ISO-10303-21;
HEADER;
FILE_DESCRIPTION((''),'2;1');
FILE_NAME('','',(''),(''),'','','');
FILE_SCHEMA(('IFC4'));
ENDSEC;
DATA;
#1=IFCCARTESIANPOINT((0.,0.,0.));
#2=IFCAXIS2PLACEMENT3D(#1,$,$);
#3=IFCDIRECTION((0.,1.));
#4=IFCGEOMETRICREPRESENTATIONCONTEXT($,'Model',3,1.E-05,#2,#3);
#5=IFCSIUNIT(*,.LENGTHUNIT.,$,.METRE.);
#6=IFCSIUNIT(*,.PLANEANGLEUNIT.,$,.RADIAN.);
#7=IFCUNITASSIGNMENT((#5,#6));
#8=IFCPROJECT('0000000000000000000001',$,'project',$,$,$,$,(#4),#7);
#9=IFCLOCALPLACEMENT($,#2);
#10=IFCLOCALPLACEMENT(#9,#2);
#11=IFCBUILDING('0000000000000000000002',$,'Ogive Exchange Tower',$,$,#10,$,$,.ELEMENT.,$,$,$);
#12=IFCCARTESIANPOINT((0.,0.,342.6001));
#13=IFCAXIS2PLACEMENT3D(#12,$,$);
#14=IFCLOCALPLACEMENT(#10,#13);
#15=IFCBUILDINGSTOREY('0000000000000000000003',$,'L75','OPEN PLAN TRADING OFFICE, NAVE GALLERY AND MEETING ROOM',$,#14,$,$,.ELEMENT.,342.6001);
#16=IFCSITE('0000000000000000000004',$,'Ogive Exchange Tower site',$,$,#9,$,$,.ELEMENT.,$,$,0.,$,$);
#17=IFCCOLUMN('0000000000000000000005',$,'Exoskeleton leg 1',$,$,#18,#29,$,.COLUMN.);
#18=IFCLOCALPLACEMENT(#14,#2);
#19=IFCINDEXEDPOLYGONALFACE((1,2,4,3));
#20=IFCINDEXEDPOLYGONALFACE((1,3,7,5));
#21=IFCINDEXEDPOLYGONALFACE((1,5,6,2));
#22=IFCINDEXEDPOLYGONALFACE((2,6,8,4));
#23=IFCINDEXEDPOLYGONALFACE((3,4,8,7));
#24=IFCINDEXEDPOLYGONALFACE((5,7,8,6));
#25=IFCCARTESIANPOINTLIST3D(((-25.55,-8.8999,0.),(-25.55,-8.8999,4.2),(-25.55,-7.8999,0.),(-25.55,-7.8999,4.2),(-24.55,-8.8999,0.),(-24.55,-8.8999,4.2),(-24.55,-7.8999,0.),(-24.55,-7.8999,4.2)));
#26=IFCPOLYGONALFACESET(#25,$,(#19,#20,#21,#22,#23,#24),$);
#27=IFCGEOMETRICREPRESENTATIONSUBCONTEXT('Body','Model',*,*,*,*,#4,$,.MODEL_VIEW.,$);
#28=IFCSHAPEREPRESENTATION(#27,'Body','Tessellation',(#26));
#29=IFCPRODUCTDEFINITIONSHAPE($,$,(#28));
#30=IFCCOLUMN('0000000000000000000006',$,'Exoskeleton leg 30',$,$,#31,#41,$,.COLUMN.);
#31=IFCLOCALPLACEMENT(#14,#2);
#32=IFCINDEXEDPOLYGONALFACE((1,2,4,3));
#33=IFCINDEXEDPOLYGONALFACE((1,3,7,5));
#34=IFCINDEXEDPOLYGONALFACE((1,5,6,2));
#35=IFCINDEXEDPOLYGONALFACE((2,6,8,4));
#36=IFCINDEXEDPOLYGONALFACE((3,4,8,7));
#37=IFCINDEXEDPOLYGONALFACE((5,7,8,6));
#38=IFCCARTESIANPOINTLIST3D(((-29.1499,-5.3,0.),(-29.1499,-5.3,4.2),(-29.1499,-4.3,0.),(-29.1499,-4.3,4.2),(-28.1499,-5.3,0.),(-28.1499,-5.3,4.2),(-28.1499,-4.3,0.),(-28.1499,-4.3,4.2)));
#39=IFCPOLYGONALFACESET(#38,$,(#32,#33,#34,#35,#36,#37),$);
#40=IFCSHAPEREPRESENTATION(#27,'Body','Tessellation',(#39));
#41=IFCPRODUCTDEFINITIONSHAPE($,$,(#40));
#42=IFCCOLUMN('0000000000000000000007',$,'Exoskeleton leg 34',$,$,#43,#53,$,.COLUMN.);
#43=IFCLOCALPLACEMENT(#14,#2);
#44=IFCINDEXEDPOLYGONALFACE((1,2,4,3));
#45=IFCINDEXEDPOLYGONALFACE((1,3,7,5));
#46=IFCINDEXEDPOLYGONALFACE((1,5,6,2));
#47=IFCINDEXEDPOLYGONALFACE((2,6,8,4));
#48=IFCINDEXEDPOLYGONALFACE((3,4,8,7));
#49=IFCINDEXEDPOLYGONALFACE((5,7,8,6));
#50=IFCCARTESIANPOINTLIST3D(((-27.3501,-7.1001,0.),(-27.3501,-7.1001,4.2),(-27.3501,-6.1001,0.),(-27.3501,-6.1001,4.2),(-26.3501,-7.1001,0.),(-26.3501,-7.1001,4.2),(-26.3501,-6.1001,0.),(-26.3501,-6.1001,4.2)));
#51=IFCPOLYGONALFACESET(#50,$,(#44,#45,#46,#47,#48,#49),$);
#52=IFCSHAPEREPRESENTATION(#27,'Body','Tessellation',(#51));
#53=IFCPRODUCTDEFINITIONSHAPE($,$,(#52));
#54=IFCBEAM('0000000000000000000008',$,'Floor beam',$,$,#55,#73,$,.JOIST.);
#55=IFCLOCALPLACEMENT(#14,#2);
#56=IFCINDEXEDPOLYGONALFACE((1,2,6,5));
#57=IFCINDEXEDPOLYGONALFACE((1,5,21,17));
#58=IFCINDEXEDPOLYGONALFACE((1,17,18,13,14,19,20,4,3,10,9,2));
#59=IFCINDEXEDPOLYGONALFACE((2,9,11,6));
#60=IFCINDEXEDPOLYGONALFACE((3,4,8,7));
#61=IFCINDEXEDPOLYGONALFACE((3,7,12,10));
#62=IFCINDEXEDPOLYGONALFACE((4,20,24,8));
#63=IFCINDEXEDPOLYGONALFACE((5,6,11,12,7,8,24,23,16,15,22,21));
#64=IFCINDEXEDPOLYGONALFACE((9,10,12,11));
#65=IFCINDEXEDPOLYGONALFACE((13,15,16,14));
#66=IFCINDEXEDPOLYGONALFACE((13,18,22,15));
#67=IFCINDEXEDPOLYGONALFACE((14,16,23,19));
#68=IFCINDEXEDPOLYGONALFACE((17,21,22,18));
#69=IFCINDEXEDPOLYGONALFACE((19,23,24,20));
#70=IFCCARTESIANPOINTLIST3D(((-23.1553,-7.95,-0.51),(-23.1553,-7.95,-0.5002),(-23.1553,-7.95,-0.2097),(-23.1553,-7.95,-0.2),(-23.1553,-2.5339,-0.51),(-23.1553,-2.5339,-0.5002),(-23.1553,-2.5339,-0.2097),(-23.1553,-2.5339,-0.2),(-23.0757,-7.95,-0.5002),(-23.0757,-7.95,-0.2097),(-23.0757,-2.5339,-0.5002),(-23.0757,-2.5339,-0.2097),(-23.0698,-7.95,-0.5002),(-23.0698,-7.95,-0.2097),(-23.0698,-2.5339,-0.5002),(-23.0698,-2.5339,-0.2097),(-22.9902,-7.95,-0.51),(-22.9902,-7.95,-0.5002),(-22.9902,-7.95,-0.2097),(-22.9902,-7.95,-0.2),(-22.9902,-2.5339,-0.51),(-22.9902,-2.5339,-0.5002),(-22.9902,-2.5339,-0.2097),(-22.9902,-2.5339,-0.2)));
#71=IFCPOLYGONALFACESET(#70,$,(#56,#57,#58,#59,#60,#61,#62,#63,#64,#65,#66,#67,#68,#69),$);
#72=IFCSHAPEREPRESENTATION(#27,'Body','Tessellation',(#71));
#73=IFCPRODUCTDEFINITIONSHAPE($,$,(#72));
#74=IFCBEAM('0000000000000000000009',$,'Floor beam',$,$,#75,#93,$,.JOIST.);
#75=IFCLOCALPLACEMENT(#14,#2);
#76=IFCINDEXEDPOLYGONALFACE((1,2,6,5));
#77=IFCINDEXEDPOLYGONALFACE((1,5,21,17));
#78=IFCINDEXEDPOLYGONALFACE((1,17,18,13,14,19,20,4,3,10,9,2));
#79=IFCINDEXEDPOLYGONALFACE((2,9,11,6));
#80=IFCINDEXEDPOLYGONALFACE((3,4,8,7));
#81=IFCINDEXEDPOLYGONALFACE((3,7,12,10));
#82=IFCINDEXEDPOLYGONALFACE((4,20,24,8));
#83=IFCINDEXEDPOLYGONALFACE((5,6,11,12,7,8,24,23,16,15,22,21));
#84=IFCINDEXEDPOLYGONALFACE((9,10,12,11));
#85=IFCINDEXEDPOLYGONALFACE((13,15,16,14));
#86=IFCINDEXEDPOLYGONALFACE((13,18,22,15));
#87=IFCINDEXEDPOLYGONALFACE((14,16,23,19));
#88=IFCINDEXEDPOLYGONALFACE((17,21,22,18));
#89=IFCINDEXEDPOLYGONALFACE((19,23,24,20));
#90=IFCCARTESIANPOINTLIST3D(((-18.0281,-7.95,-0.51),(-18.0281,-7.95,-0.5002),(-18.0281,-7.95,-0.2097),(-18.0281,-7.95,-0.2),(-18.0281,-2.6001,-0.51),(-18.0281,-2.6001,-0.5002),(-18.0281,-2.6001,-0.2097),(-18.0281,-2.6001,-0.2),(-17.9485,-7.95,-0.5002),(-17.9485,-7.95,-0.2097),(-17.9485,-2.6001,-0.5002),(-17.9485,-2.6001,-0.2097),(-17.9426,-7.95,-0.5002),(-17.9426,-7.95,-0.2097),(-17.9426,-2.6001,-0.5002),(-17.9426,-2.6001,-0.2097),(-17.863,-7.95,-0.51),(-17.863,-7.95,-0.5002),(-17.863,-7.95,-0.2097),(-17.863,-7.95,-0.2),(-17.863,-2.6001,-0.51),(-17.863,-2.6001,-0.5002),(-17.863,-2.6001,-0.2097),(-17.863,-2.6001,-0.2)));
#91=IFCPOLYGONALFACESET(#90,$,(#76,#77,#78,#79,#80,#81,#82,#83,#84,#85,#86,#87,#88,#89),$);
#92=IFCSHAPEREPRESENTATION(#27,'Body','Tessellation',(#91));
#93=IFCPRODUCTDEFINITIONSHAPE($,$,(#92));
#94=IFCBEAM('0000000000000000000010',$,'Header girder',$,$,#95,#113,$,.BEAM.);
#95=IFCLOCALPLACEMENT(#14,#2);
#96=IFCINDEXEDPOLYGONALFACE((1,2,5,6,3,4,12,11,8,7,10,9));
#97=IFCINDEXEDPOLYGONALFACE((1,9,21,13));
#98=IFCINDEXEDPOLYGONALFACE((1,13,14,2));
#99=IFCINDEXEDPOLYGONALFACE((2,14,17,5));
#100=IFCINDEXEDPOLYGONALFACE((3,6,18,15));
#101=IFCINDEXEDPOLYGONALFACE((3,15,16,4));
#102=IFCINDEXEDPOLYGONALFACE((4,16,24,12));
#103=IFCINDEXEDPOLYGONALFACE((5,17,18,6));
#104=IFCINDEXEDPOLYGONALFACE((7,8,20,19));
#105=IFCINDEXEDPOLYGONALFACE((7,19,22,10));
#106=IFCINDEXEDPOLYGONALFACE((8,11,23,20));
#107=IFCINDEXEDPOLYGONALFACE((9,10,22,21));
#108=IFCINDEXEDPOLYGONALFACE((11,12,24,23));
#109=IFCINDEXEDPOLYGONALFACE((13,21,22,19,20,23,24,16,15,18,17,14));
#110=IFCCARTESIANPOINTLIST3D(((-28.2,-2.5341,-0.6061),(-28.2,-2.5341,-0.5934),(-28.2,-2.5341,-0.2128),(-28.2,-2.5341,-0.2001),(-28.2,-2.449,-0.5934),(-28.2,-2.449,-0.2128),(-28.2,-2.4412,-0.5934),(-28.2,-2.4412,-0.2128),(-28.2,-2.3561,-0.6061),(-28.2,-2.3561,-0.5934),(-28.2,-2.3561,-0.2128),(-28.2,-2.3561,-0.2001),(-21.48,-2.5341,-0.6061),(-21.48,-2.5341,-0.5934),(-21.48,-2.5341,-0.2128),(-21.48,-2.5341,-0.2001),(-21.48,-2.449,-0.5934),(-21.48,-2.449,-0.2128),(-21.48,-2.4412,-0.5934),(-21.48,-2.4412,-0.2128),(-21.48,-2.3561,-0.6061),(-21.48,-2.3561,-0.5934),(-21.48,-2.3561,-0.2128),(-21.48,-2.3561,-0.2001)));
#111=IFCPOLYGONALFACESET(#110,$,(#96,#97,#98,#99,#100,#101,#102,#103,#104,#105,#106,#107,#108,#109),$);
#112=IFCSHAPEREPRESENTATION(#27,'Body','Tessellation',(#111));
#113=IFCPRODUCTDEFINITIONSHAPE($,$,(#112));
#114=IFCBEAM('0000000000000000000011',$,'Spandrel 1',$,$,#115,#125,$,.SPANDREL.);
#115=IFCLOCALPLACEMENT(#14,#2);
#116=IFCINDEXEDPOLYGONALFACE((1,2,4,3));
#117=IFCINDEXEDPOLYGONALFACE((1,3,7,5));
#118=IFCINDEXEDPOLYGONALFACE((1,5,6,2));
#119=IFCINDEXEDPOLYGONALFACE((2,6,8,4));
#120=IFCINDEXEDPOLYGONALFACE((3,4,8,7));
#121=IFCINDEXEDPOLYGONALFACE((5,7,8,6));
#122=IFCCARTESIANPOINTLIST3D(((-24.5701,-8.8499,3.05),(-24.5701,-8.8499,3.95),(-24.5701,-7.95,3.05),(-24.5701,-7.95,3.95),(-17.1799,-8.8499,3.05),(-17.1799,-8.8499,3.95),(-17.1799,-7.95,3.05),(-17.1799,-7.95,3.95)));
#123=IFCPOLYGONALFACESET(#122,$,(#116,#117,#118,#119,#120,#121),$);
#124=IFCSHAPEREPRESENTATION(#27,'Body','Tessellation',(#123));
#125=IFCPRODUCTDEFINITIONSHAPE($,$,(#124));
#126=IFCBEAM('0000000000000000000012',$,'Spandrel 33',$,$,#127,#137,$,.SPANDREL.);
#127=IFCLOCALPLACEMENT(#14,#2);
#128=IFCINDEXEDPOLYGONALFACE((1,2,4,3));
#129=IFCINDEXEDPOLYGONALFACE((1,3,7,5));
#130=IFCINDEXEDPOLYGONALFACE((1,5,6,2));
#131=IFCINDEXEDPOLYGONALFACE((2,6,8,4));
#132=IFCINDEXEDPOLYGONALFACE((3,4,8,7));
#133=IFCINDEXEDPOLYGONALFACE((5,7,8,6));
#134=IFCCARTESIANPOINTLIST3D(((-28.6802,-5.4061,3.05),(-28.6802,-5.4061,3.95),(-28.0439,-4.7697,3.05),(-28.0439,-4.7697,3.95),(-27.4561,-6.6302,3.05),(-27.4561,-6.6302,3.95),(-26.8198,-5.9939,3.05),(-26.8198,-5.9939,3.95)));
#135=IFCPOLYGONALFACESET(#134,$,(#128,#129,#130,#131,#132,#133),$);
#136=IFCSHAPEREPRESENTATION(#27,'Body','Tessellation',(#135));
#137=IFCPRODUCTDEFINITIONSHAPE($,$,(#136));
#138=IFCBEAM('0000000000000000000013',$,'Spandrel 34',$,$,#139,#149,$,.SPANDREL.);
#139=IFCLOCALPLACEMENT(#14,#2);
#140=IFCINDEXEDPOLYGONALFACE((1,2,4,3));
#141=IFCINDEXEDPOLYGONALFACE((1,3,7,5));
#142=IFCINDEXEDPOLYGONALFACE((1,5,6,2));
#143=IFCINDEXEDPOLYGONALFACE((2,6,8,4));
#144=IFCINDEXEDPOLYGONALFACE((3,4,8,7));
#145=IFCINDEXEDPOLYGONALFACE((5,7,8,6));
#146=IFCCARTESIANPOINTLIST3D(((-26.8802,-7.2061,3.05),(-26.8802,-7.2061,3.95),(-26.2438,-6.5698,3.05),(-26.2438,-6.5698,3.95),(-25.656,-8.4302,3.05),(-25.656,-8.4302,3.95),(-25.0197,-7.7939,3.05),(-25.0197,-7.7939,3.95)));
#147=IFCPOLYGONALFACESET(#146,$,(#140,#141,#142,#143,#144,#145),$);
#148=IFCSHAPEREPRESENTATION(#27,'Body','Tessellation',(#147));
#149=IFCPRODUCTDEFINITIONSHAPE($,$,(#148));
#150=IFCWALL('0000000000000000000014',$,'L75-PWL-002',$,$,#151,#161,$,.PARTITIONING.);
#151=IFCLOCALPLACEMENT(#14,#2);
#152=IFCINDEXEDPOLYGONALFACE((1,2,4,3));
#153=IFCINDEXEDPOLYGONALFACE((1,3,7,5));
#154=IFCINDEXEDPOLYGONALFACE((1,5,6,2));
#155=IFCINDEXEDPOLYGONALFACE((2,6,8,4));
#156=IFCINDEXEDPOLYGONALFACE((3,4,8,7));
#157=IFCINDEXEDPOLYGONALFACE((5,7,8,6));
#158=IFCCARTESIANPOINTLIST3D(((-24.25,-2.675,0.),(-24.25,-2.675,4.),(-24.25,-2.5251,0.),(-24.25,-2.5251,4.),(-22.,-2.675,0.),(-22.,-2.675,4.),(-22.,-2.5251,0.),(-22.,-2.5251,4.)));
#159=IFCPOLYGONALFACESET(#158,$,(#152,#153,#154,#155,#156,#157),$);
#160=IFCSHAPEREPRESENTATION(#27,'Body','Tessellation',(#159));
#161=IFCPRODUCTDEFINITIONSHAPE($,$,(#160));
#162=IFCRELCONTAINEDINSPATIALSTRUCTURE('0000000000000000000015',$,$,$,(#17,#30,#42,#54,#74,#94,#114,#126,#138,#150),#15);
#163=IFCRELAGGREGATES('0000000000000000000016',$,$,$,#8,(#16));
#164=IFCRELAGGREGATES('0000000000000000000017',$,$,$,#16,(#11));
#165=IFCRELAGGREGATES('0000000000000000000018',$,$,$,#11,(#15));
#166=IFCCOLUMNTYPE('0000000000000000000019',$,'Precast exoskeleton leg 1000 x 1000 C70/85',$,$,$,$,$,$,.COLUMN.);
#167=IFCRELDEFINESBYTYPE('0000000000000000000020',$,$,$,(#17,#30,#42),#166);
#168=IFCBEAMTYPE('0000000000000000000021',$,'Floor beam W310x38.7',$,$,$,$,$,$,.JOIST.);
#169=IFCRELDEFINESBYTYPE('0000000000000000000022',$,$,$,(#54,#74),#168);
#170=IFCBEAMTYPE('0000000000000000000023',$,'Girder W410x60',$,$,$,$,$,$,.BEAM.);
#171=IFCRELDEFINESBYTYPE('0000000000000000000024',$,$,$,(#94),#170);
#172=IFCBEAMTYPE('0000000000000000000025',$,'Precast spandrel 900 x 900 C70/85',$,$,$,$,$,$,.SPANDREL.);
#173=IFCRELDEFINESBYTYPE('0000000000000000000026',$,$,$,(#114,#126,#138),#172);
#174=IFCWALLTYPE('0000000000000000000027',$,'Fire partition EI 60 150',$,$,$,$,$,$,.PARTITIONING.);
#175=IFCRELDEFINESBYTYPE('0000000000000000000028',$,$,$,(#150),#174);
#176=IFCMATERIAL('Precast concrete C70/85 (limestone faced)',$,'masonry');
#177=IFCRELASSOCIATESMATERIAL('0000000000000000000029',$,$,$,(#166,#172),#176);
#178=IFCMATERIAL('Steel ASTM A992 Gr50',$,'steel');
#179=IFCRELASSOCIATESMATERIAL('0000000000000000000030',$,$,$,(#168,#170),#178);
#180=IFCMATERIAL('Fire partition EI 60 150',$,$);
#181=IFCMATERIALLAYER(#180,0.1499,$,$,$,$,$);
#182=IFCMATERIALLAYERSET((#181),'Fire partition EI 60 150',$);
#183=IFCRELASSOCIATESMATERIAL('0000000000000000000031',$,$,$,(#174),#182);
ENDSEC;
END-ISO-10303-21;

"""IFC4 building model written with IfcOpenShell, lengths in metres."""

from ifc_helpers import new_model, si_unit, direction, frame, frame_2d, origin, origin_2d, place, context, subcontext, project, spatial, rectangle, i_section, extrude, material, layer, layer_set, material_profile, profile_set, type_object, element, save


model = new_model("IFC4")

# Units and contexts
model_context = context("Model", 3, precision=1e-05, world=origin(), true_north=direction((0.0, 1.0)))
body_context = subcontext(model_context, "Body", "Model", "MODEL_VIEW")
ifc_project = project(units=[si_unit("LENGTHUNIT", "METRE"), si_unit("PLANEANGLEUNIT", "RADIAN")], contexts=[model_context])

# Site, building, storey
site_placement = place(None, origin())
site = spatial("IfcSite", under=ifc_project, at=site_placement, Name="Ogive Exchange Tower site", CompositionType="ELEMENT", RefElevation=0.0)
building_placement = place(site_placement, origin())
building = spatial("IfcBuilding", under=site, at=building_placement, Name="Ogive Exchange Tower", CompositionType="ELEMENT")
storey_placement = place(building_placement, frame((0.0, 0.0, 342.6001)))
storey = spatial("IfcBuildingStorey", under=building, at=storey_placement, Name="L75", Description="OPEN PLAN TRADING OFFICE, NAVE GALLERY AND MEETING ROOM", CompositionType="ELEMENT", Elevation=342.6001)

# Columns
ifc_material_1 = material(Name="Precast concrete C70/85 (limestone faced)", Category="masonry")
ifc_material_profile_1 = material_profile(ifc_material_1, rectangle(XDim=1.0, YDim=1.0, at=origin_2d()), Name="1000 x 1000")
ifc_profile_set_1 = profile_set([ifc_material_profile_1], Name="Precast concrete C70/85 (limestone faced)")
column_type = type_object("IfcColumnType", Name="Precast exoskeleton leg 1000 x 1000 C70/85", PredefinedType="COLUMN", material=ifc_profile_set_1)
for number, where, z_axis, x_axis, name in (
    (1, (-25.05, -8.3999, 0.0), (0.0, 0.0, 1.0), (1.0, 0.0, 0.0), "Exoskeleton leg 1"),
    (2, (-28.6499, -4.8, 0.0), (0.0, 0.0, 1.0), (1.0, 0.0, 0.0), "Exoskeleton leg 30"),
    (3, (-26.8501, -6.6001, 0.0), (0.0, 0.0, 1.0), (1.0, 0.0, 0.0), "Exoskeleton leg 34"),
):
    element("IfcColumn", number, at=place(storey_placement, frame(where, z_axis=z_axis, x_axis=x_axis)), inside=storey, type_object=column_type, Name=name, PredefinedType="COLUMN", context=body_context, shape_type="SweptSolid", body=[
        extrude(rectangle(XDim=1.0, YDim=1.0, at=origin_2d()), origin(), (0.0, 0.0, 1.0), 4.2),
    ])

# Beams
ifc_material_2 = material(Name="Steel ASTM A992 Gr50", Category="steel")
ifc_material_profile_2 = material_profile(ifc_material_2, i_section(OverallWidth=0.165, OverallDepth=0.3101, WebThickness=0.0059, FlangeThickness=0.0098, at=origin_2d()), Name="W310x38.7")
ifc_profile_set_2 = profile_set([ifc_material_profile_2], Name="Steel ASTM A992 Gr50")
beam_type_1 = type_object("IfcBeamType", Name="Floor beam W310x38.7", PredefinedType="JOIST", material=ifc_profile_set_2)
beam_1_placement = place(storey_placement, frame((-23.0728, -7.95, -0.355), z_axis=(0.0, 1.0, 0.0), x_axis=(-1.0, 0.0, 0.0)))
element("IfcBeam", 4, at=beam_1_placement, inside=storey, type_object=beam_type_1, Name="Floor beam", PredefinedType="JOIST", context=body_context, shape_type="SweptSolid", body=[
    extrude(i_section(OverallWidth=0.165, OverallDepth=0.3101, WebThickness=0.0059, FlangeThickness=0.0098, at=origin_2d()), origin(), (0.0, 0.0, 1.0), 5.416),
])
beam_2_placement = place(storey_placement, frame((-17.9456, -7.95, -0.355), z_axis=(0.0, 1.0, 0.0), x_axis=(-1.0, 0.0, 0.0)))
element("IfcBeam", 5, at=beam_2_placement, inside=storey, type_object=beam_type_1, Name="Floor beam", PredefinedType="JOIST", context=body_context, shape_type="SweptSolid", body=[
    extrude(i_section(OverallWidth=0.165, OverallDepth=0.3101, WebThickness=0.0059, FlangeThickness=0.0098, at=origin_2d()), origin(), (0.0, 0.0, 1.0), 5.3499),
])
ifc_material_profile_3 = material_profile(ifc_material_2, i_section(OverallWidth=0.178, OverallDepth=0.406, WebThickness=0.0078, FlangeThickness=0.0127, at=origin_2d()), Name="W410x60")
ifc_profile_set_3 = profile_set([ifc_material_profile_3], Name="Steel ASTM A992 Gr50")
beam_type_2 = type_object("IfcBeamType", Name="Girder W410x60", PredefinedType="BEAM", material=ifc_profile_set_3)
beam_3_placement = place(storey_placement, frame((-28.2, -2.4451, -0.4031), z_axis=(1.0, 0.0, 0.0), x_axis=(0.0, 1.0, 0.0)))
element("IfcBeam", 6, at=beam_3_placement, inside=storey, type_object=beam_type_2, Name="Header girder", PredefinedType="BEAM", context=body_context, shape_type="SweptSolid", body=[
    extrude(i_section(OverallWidth=0.178, OverallDepth=0.406, WebThickness=0.0078, FlangeThickness=0.0127, at=origin_2d()), origin(), (0.0, 0.0, 1.0), 6.72),
])
ifc_material_profile_4 = material_profile(ifc_material_1, rectangle(XDim=0.8999, YDim=0.8999, at=origin_2d()), Name="900 x 900")
ifc_profile_set_4 = profile_set([ifc_material_profile_4], Name="Precast concrete C70/85 (limestone faced)")
beam_type_3 = type_object("IfcBeamType", Name="Precast spandrel 900 x 900 C70/85", PredefinedType="SPANDREL", material=ifc_profile_set_4)
beam_4_placement = place(storey_placement, frame((-24.5701, -8.3999, 3.5), z_axis=(1.0, 0.0, 0.0), x_axis=(0.0, 1.0, 0.0)))
element("IfcBeam", 7, at=beam_4_placement, inside=storey, type_object=beam_type_3, Name="Spandrel 1", PredefinedType="SPANDREL", context=body_context, shape_type="SweptSolid", body=[
    extrude(rectangle(XDim=0.8999, YDim=0.8999, at=origin_2d()), origin(), (0.0, 0.0, 1.0), 7.3901),
])
for number, where, z_axis, x_axis, name in (
    (8, (-28.3621, -5.0879, 3.5), (0.707107, -0.707107, 0.0), (0.707107, 0.707107, 0.0), "Spandrel 33"),
    (9, (-26.562, -6.8879, 3.5), (0.707107, -0.707107, 0.0), (0.707107, 0.707107, 0.0), "Spandrel 34"),
):
    element("IfcBeam", number, at=place(storey_placement, frame(where, z_axis=z_axis, x_axis=x_axis)), inside=storey, type_object=beam_type_3, Name=name, PredefinedType="SPANDREL", context=body_context, shape_type="SweptSolid", body=[
        extrude(rectangle(XDim=0.8999, YDim=0.8999, at=origin_2d()), origin(), (0.0, 0.0, 1.0), 1.7312),
    ])

# Wall
ifc_material_3 = material(Name="Fire partition EI 60 150")
ifc_layer_1 = layer(ifc_material_3, 0.1499)
ifc_layer_set_1 = layer_set([ifc_layer_1], Name="Fire partition EI 60 150")
wall_type_1 = type_object("IfcWallType", Name="Fire partition EI 60 150", PredefinedType="PARTITIONING", material=ifc_layer_set_1)
wall_1_placement = place(storey_placement, frame((-24.25, -2.6001, 0.0), z_axis=(0.0, 0.0, 1.0), x_axis=(1.0, 0.0, 0.0)))
element("IfcWall", 10, at=wall_1_placement, inside=storey, type_object=wall_type_1, Name="L75-PWL-002", PredefinedType="PARTITIONING", context=body_context, shape_type="SweptSolid", body=[
    extrude(rectangle(XDim=2.25, YDim=0.1499, at=frame_2d((1.125, 0.0))), origin(), (0.0, 0.0, 1.0), 4.0),
])

save(model, "model.ifc")
